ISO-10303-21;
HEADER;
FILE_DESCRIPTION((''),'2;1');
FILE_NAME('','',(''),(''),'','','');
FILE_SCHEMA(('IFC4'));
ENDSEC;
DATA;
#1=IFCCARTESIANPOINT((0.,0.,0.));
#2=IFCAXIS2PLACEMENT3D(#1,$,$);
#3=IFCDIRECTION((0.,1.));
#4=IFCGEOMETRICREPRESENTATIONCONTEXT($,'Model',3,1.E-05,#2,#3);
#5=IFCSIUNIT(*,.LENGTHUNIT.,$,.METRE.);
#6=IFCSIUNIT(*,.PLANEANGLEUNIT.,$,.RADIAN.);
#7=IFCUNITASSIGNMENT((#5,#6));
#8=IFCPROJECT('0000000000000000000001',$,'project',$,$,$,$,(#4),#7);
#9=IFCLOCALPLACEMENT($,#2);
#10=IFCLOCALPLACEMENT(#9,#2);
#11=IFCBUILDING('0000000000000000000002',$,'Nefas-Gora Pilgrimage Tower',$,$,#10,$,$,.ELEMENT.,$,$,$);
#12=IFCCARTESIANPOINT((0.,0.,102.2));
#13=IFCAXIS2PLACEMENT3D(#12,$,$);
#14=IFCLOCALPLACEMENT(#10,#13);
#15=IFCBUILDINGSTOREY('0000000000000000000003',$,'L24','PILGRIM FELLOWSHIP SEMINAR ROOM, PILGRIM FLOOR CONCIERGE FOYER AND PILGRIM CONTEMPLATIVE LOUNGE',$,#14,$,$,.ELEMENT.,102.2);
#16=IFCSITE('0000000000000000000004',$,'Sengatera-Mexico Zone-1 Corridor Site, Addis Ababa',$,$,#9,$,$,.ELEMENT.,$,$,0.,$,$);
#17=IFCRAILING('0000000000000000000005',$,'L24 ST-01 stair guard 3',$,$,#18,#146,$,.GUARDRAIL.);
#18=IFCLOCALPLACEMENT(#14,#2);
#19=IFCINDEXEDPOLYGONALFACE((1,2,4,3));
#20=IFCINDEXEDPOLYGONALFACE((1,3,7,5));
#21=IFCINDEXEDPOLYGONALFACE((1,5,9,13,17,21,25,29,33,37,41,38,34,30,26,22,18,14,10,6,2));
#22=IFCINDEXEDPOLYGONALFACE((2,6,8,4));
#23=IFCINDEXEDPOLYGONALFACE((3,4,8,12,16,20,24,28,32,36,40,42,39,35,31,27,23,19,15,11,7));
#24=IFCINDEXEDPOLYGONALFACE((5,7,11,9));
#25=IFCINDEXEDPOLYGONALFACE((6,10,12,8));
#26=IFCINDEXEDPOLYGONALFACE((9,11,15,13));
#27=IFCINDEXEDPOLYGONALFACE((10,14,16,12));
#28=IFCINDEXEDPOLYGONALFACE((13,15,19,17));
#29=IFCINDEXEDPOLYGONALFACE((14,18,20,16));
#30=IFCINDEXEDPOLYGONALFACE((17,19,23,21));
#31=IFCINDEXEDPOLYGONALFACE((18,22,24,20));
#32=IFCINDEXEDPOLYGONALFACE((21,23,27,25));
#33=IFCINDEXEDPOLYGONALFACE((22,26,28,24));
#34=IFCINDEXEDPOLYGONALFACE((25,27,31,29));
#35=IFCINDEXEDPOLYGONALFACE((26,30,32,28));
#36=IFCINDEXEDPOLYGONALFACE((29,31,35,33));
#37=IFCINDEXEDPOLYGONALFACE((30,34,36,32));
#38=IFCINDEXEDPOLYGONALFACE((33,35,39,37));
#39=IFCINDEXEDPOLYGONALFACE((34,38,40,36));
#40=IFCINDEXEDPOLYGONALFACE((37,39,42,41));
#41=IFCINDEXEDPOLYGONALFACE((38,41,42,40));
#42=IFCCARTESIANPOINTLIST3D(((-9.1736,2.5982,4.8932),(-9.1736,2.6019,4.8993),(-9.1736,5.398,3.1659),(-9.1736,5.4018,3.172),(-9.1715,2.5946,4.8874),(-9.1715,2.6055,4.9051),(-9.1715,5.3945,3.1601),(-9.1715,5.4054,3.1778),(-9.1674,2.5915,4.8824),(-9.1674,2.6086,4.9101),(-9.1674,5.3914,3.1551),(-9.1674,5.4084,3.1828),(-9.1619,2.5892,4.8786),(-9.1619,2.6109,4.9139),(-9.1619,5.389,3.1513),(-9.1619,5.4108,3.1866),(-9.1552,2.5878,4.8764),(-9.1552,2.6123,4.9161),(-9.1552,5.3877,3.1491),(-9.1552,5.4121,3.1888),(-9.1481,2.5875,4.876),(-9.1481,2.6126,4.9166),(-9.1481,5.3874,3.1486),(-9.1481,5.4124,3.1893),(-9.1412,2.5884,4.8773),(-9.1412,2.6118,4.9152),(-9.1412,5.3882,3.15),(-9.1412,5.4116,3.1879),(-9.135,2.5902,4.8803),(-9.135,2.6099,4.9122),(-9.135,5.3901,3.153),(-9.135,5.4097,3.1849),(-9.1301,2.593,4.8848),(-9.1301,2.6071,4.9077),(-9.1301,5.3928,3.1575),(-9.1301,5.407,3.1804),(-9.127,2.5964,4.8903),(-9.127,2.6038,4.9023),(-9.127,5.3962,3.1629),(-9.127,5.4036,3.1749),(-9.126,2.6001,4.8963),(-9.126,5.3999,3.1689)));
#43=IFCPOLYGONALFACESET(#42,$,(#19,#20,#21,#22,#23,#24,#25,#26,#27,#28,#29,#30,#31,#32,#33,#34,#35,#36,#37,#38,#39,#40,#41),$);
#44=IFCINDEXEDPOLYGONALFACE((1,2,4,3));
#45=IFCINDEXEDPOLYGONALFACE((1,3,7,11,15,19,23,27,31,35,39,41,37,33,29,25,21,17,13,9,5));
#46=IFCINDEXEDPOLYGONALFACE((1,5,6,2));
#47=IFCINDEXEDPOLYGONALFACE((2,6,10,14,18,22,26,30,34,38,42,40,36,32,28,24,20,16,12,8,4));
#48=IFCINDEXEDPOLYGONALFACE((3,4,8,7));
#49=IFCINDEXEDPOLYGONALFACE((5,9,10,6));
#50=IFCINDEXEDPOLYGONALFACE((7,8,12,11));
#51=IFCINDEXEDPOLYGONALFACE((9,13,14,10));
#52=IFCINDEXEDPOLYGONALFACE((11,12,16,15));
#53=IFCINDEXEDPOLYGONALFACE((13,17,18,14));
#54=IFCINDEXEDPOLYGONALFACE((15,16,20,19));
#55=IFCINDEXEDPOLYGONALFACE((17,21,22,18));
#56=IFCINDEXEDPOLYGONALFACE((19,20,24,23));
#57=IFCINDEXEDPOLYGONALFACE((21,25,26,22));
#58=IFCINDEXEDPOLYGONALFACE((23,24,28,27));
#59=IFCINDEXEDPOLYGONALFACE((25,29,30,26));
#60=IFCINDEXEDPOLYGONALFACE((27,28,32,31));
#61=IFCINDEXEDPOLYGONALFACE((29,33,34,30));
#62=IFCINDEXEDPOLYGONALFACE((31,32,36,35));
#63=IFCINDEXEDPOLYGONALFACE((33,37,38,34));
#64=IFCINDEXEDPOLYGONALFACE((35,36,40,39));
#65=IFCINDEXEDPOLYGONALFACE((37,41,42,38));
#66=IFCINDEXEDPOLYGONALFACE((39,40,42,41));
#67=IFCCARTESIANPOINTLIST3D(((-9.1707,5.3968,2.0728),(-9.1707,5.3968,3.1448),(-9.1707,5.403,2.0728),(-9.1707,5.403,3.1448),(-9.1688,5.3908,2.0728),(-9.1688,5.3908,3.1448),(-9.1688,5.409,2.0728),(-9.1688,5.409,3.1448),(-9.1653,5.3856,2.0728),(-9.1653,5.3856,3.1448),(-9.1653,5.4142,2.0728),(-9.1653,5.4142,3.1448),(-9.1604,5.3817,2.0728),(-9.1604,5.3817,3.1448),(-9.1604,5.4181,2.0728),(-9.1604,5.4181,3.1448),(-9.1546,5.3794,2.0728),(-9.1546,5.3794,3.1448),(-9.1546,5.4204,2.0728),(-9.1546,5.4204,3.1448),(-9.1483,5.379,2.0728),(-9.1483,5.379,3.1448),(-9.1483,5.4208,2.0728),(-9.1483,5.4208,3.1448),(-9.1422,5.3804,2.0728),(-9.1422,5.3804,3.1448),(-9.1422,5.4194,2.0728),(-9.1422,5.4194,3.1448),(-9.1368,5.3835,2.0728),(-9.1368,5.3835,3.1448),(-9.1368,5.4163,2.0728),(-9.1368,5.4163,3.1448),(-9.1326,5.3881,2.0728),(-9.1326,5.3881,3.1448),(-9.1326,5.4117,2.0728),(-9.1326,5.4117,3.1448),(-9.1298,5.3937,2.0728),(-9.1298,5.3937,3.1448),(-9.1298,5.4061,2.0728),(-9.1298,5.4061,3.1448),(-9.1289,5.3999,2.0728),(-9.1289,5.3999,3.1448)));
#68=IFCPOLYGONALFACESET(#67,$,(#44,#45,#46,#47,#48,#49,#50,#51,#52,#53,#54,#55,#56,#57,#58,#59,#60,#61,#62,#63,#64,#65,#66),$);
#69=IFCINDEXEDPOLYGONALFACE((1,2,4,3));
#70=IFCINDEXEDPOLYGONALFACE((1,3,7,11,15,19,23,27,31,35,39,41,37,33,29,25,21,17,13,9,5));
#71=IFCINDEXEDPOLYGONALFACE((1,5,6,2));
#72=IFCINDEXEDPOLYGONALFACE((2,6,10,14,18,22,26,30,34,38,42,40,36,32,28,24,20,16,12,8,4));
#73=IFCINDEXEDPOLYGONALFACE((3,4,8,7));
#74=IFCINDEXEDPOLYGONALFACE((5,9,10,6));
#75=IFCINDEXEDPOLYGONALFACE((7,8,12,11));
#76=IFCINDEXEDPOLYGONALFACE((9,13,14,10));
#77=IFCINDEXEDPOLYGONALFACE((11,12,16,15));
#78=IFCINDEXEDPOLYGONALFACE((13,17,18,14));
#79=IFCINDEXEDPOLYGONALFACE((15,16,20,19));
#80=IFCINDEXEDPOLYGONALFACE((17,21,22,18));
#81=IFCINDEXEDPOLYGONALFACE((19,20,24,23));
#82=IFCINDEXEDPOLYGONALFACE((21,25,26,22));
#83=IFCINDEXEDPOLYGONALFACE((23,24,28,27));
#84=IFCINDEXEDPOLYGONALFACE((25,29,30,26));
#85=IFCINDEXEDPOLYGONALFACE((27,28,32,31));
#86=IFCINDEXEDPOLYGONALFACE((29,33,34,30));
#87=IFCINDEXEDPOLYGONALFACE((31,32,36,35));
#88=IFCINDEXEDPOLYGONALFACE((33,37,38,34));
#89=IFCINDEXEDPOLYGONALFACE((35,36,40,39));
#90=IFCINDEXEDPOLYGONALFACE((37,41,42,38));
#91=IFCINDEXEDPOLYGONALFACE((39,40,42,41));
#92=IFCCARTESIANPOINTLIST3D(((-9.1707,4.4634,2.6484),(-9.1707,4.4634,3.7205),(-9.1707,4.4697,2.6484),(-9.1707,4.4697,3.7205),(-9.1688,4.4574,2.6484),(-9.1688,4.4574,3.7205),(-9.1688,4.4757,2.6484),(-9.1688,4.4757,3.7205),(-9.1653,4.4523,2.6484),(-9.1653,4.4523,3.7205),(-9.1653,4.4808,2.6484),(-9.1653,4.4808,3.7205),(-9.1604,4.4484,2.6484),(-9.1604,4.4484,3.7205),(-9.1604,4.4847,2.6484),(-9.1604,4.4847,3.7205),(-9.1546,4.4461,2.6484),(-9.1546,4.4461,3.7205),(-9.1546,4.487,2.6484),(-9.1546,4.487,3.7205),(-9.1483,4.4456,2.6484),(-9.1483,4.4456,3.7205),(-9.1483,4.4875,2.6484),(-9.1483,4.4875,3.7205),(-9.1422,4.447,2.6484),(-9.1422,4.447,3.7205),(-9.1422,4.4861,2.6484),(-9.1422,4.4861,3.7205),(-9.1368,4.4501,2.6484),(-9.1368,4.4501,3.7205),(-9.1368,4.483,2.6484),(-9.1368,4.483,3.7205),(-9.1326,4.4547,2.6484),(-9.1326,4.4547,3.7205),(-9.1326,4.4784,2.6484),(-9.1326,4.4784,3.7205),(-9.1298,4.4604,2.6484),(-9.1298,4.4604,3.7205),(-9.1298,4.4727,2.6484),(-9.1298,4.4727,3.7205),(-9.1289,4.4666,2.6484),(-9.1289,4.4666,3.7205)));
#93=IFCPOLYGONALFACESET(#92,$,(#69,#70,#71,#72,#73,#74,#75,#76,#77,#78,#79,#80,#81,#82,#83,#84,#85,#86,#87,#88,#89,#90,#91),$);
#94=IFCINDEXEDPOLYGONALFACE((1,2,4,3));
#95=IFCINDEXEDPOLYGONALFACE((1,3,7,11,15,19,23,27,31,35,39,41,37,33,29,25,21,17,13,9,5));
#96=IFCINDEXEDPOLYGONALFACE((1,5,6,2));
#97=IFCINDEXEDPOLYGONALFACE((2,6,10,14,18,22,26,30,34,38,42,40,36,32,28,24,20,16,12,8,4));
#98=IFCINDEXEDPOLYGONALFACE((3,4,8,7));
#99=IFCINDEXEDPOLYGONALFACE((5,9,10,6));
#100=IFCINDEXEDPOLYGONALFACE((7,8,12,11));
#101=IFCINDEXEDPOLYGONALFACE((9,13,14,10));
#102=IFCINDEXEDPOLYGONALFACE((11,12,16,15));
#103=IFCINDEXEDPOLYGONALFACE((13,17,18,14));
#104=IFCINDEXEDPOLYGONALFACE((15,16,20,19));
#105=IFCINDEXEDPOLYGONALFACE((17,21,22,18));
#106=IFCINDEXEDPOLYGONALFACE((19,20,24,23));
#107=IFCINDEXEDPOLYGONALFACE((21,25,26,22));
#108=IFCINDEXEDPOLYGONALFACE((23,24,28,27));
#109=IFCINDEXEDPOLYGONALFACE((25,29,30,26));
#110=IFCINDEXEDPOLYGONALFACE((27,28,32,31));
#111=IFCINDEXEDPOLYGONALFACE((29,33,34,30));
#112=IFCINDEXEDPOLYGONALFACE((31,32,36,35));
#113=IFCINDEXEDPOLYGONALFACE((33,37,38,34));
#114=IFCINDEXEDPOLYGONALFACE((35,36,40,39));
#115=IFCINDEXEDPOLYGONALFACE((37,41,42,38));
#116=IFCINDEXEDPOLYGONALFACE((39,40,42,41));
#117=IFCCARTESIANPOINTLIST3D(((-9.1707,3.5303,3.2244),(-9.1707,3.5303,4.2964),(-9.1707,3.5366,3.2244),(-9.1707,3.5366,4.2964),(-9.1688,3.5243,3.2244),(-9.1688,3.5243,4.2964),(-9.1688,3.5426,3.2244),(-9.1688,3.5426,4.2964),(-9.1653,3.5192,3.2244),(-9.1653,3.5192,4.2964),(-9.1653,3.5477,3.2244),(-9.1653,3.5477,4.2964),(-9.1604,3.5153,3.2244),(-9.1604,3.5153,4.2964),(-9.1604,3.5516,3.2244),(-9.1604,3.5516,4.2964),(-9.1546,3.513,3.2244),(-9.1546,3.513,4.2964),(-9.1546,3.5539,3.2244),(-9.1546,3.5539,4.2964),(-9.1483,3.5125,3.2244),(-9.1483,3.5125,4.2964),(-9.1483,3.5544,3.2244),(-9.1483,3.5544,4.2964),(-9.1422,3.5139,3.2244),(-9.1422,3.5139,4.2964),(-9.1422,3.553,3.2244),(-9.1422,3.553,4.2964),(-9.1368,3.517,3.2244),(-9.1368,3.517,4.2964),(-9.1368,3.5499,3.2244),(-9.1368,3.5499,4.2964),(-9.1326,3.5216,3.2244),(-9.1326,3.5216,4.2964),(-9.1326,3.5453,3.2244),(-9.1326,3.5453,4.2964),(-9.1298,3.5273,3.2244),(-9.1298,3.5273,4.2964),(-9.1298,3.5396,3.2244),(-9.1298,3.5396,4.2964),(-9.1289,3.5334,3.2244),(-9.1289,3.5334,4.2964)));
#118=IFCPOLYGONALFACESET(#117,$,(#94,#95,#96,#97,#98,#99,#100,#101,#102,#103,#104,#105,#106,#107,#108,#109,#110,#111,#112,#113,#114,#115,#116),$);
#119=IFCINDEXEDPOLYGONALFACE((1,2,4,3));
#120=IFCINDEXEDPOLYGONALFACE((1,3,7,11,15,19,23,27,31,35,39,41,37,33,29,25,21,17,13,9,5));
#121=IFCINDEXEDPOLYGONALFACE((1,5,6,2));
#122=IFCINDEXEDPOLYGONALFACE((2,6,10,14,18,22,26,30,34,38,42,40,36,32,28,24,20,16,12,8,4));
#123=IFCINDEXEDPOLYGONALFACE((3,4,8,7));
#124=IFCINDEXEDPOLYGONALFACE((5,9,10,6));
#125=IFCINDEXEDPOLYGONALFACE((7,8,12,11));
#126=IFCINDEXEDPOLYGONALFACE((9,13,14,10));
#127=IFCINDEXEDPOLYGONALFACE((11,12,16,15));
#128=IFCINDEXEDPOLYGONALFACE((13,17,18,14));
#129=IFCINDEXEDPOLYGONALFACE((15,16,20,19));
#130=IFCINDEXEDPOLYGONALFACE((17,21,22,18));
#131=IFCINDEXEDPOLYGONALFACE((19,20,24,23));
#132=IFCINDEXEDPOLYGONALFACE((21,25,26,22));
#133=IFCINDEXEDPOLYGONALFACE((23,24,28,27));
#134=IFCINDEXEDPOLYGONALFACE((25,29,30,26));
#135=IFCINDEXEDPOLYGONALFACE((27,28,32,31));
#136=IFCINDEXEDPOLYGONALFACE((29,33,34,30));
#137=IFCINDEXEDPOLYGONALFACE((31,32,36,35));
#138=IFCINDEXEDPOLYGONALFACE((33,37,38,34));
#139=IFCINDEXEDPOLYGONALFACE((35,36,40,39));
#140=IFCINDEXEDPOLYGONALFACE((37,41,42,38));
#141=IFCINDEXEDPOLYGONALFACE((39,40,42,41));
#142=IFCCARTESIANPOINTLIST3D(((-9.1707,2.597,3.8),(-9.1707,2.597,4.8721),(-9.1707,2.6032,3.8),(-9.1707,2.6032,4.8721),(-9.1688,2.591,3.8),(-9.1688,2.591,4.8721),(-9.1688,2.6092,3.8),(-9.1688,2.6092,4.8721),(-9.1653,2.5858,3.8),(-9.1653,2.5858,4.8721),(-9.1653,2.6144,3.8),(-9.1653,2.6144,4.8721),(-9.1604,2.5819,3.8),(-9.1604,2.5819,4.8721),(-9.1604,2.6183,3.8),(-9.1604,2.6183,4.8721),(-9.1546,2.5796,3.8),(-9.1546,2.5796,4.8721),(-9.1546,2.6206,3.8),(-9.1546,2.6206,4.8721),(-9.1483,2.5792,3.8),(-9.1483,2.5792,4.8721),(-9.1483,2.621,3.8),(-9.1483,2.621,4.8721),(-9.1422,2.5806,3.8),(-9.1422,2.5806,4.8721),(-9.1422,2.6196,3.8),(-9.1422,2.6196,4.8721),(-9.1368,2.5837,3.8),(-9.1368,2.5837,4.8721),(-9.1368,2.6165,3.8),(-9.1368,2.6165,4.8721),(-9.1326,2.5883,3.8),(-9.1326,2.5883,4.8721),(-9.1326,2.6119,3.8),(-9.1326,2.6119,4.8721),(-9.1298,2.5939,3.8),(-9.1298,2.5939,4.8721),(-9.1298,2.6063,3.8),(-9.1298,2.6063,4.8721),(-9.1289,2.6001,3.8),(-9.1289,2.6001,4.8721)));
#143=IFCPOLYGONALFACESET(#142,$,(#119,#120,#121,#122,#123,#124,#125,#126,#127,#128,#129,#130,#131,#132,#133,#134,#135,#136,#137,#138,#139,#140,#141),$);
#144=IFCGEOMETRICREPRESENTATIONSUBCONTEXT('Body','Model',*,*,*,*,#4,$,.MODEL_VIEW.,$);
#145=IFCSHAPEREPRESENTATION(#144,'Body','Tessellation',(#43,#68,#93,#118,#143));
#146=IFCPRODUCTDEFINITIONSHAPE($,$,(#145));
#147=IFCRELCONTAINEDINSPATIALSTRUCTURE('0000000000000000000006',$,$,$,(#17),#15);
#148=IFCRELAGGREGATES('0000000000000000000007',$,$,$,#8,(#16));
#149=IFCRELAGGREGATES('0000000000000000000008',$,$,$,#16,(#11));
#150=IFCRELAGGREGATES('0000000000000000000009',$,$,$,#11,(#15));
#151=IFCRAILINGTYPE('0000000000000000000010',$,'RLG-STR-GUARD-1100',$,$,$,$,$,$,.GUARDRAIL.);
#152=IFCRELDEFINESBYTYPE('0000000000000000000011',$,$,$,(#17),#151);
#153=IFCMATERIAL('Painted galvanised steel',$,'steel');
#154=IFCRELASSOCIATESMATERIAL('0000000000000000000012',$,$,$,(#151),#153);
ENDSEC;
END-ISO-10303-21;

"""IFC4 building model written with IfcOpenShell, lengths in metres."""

from ifc_helpers import new_model, si_unit, direction, frame, origin, origin_2d, place, context, subcontext, project, spatial, circle, extrude, material, type_object, element, save


model = new_model("IFC4")

# Units and contexts
model_context = context("Model", 3, precision=1e-05, world=origin(), true_north=direction((0.0, 1.0)))
body_context = subcontext(model_context, "Body", "Model", "MODEL_VIEW")
ifc_project = project(units=[si_unit("LENGTHUNIT", "METRE"), si_unit("PLANEANGLEUNIT", "RADIAN")], contexts=[model_context])

# Site, building, storey
site_placement = place(None, origin())
site = spatial("IfcSite", under=ifc_project, at=site_placement, Name="Sengatera-Mexico Zone-1 Corridor Site, Addis Ababa", CompositionType="ELEMENT", RefElevation=0.0)
building_placement = place(site_placement, origin())
building = spatial("IfcBuilding", under=site, at=building_placement, Name="Nefas-Gora Pilgrimage Tower", CompositionType="ELEMENT")
storey_placement = place(building_placement, frame((0.0, 0.0, 102.2)))
storey = spatial("IfcBuildingStorey", under=building, at=storey_placement, Name="L24", Description="PILGRIM FELLOWSHIP SEMINAR ROOM, PILGRIM FLOOR CONCIERGE FOYER AND PILGRIM CONTEMPLATIVE LOUNGE", CompositionType="ELEMENT", Elevation=102.2)

# Railing
ifc_material_1 = material(Name="Painted galvanised steel", Category="steel")
railing_type_1 = type_object("IfcRailingType", Name="RLG-STR-GUARD-1100", PredefinedType="GUARDRAIL", material=ifc_material_1)
railing_1_placement = place(storey_placement, frame((-9.1499, 5.3999, 2.0728)))
element("IfcRailing", 1, at=railing_1_placement, inside=storey, type_object=railing_type_1, Name="L24 ST-01 stair guard 3", PredefinedType="GUARDRAIL", context=body_context, shape_type="SweptSolid", body=[
    extrude(circle(Radius=0.0239, at=origin_2d()), frame((0.0, 0.0, 1.0962), z_axis=(0.0, -0.851069, 0.525054), x_axis=(1.0, 0.0, 0.0)), (0.0, 0.0, 1.0), 3.2898),
    extrude(circle(Radius=0.021, at=origin_2d()), origin(), (0.0, 0.0, 1.0), 1.072),
    extrude(circle(Radius=0.021, at=origin_2d()), frame((0.0, -0.9333, 0.5757)), (0.0, 0.0, 1.0), 1.072),
    extrude(circle(Radius=0.021, at=origin_2d()), frame((0.0, -1.8665, 1.1516)), (0.0, 0.0, 1.0), 1.072),
    extrude(circle(Radius=0.021, at=origin_2d()), frame((0.0, -2.7998, 1.7273)), (0.0, 0.0, 1.0), 1.072),
])

save(model, "model.ifc")
